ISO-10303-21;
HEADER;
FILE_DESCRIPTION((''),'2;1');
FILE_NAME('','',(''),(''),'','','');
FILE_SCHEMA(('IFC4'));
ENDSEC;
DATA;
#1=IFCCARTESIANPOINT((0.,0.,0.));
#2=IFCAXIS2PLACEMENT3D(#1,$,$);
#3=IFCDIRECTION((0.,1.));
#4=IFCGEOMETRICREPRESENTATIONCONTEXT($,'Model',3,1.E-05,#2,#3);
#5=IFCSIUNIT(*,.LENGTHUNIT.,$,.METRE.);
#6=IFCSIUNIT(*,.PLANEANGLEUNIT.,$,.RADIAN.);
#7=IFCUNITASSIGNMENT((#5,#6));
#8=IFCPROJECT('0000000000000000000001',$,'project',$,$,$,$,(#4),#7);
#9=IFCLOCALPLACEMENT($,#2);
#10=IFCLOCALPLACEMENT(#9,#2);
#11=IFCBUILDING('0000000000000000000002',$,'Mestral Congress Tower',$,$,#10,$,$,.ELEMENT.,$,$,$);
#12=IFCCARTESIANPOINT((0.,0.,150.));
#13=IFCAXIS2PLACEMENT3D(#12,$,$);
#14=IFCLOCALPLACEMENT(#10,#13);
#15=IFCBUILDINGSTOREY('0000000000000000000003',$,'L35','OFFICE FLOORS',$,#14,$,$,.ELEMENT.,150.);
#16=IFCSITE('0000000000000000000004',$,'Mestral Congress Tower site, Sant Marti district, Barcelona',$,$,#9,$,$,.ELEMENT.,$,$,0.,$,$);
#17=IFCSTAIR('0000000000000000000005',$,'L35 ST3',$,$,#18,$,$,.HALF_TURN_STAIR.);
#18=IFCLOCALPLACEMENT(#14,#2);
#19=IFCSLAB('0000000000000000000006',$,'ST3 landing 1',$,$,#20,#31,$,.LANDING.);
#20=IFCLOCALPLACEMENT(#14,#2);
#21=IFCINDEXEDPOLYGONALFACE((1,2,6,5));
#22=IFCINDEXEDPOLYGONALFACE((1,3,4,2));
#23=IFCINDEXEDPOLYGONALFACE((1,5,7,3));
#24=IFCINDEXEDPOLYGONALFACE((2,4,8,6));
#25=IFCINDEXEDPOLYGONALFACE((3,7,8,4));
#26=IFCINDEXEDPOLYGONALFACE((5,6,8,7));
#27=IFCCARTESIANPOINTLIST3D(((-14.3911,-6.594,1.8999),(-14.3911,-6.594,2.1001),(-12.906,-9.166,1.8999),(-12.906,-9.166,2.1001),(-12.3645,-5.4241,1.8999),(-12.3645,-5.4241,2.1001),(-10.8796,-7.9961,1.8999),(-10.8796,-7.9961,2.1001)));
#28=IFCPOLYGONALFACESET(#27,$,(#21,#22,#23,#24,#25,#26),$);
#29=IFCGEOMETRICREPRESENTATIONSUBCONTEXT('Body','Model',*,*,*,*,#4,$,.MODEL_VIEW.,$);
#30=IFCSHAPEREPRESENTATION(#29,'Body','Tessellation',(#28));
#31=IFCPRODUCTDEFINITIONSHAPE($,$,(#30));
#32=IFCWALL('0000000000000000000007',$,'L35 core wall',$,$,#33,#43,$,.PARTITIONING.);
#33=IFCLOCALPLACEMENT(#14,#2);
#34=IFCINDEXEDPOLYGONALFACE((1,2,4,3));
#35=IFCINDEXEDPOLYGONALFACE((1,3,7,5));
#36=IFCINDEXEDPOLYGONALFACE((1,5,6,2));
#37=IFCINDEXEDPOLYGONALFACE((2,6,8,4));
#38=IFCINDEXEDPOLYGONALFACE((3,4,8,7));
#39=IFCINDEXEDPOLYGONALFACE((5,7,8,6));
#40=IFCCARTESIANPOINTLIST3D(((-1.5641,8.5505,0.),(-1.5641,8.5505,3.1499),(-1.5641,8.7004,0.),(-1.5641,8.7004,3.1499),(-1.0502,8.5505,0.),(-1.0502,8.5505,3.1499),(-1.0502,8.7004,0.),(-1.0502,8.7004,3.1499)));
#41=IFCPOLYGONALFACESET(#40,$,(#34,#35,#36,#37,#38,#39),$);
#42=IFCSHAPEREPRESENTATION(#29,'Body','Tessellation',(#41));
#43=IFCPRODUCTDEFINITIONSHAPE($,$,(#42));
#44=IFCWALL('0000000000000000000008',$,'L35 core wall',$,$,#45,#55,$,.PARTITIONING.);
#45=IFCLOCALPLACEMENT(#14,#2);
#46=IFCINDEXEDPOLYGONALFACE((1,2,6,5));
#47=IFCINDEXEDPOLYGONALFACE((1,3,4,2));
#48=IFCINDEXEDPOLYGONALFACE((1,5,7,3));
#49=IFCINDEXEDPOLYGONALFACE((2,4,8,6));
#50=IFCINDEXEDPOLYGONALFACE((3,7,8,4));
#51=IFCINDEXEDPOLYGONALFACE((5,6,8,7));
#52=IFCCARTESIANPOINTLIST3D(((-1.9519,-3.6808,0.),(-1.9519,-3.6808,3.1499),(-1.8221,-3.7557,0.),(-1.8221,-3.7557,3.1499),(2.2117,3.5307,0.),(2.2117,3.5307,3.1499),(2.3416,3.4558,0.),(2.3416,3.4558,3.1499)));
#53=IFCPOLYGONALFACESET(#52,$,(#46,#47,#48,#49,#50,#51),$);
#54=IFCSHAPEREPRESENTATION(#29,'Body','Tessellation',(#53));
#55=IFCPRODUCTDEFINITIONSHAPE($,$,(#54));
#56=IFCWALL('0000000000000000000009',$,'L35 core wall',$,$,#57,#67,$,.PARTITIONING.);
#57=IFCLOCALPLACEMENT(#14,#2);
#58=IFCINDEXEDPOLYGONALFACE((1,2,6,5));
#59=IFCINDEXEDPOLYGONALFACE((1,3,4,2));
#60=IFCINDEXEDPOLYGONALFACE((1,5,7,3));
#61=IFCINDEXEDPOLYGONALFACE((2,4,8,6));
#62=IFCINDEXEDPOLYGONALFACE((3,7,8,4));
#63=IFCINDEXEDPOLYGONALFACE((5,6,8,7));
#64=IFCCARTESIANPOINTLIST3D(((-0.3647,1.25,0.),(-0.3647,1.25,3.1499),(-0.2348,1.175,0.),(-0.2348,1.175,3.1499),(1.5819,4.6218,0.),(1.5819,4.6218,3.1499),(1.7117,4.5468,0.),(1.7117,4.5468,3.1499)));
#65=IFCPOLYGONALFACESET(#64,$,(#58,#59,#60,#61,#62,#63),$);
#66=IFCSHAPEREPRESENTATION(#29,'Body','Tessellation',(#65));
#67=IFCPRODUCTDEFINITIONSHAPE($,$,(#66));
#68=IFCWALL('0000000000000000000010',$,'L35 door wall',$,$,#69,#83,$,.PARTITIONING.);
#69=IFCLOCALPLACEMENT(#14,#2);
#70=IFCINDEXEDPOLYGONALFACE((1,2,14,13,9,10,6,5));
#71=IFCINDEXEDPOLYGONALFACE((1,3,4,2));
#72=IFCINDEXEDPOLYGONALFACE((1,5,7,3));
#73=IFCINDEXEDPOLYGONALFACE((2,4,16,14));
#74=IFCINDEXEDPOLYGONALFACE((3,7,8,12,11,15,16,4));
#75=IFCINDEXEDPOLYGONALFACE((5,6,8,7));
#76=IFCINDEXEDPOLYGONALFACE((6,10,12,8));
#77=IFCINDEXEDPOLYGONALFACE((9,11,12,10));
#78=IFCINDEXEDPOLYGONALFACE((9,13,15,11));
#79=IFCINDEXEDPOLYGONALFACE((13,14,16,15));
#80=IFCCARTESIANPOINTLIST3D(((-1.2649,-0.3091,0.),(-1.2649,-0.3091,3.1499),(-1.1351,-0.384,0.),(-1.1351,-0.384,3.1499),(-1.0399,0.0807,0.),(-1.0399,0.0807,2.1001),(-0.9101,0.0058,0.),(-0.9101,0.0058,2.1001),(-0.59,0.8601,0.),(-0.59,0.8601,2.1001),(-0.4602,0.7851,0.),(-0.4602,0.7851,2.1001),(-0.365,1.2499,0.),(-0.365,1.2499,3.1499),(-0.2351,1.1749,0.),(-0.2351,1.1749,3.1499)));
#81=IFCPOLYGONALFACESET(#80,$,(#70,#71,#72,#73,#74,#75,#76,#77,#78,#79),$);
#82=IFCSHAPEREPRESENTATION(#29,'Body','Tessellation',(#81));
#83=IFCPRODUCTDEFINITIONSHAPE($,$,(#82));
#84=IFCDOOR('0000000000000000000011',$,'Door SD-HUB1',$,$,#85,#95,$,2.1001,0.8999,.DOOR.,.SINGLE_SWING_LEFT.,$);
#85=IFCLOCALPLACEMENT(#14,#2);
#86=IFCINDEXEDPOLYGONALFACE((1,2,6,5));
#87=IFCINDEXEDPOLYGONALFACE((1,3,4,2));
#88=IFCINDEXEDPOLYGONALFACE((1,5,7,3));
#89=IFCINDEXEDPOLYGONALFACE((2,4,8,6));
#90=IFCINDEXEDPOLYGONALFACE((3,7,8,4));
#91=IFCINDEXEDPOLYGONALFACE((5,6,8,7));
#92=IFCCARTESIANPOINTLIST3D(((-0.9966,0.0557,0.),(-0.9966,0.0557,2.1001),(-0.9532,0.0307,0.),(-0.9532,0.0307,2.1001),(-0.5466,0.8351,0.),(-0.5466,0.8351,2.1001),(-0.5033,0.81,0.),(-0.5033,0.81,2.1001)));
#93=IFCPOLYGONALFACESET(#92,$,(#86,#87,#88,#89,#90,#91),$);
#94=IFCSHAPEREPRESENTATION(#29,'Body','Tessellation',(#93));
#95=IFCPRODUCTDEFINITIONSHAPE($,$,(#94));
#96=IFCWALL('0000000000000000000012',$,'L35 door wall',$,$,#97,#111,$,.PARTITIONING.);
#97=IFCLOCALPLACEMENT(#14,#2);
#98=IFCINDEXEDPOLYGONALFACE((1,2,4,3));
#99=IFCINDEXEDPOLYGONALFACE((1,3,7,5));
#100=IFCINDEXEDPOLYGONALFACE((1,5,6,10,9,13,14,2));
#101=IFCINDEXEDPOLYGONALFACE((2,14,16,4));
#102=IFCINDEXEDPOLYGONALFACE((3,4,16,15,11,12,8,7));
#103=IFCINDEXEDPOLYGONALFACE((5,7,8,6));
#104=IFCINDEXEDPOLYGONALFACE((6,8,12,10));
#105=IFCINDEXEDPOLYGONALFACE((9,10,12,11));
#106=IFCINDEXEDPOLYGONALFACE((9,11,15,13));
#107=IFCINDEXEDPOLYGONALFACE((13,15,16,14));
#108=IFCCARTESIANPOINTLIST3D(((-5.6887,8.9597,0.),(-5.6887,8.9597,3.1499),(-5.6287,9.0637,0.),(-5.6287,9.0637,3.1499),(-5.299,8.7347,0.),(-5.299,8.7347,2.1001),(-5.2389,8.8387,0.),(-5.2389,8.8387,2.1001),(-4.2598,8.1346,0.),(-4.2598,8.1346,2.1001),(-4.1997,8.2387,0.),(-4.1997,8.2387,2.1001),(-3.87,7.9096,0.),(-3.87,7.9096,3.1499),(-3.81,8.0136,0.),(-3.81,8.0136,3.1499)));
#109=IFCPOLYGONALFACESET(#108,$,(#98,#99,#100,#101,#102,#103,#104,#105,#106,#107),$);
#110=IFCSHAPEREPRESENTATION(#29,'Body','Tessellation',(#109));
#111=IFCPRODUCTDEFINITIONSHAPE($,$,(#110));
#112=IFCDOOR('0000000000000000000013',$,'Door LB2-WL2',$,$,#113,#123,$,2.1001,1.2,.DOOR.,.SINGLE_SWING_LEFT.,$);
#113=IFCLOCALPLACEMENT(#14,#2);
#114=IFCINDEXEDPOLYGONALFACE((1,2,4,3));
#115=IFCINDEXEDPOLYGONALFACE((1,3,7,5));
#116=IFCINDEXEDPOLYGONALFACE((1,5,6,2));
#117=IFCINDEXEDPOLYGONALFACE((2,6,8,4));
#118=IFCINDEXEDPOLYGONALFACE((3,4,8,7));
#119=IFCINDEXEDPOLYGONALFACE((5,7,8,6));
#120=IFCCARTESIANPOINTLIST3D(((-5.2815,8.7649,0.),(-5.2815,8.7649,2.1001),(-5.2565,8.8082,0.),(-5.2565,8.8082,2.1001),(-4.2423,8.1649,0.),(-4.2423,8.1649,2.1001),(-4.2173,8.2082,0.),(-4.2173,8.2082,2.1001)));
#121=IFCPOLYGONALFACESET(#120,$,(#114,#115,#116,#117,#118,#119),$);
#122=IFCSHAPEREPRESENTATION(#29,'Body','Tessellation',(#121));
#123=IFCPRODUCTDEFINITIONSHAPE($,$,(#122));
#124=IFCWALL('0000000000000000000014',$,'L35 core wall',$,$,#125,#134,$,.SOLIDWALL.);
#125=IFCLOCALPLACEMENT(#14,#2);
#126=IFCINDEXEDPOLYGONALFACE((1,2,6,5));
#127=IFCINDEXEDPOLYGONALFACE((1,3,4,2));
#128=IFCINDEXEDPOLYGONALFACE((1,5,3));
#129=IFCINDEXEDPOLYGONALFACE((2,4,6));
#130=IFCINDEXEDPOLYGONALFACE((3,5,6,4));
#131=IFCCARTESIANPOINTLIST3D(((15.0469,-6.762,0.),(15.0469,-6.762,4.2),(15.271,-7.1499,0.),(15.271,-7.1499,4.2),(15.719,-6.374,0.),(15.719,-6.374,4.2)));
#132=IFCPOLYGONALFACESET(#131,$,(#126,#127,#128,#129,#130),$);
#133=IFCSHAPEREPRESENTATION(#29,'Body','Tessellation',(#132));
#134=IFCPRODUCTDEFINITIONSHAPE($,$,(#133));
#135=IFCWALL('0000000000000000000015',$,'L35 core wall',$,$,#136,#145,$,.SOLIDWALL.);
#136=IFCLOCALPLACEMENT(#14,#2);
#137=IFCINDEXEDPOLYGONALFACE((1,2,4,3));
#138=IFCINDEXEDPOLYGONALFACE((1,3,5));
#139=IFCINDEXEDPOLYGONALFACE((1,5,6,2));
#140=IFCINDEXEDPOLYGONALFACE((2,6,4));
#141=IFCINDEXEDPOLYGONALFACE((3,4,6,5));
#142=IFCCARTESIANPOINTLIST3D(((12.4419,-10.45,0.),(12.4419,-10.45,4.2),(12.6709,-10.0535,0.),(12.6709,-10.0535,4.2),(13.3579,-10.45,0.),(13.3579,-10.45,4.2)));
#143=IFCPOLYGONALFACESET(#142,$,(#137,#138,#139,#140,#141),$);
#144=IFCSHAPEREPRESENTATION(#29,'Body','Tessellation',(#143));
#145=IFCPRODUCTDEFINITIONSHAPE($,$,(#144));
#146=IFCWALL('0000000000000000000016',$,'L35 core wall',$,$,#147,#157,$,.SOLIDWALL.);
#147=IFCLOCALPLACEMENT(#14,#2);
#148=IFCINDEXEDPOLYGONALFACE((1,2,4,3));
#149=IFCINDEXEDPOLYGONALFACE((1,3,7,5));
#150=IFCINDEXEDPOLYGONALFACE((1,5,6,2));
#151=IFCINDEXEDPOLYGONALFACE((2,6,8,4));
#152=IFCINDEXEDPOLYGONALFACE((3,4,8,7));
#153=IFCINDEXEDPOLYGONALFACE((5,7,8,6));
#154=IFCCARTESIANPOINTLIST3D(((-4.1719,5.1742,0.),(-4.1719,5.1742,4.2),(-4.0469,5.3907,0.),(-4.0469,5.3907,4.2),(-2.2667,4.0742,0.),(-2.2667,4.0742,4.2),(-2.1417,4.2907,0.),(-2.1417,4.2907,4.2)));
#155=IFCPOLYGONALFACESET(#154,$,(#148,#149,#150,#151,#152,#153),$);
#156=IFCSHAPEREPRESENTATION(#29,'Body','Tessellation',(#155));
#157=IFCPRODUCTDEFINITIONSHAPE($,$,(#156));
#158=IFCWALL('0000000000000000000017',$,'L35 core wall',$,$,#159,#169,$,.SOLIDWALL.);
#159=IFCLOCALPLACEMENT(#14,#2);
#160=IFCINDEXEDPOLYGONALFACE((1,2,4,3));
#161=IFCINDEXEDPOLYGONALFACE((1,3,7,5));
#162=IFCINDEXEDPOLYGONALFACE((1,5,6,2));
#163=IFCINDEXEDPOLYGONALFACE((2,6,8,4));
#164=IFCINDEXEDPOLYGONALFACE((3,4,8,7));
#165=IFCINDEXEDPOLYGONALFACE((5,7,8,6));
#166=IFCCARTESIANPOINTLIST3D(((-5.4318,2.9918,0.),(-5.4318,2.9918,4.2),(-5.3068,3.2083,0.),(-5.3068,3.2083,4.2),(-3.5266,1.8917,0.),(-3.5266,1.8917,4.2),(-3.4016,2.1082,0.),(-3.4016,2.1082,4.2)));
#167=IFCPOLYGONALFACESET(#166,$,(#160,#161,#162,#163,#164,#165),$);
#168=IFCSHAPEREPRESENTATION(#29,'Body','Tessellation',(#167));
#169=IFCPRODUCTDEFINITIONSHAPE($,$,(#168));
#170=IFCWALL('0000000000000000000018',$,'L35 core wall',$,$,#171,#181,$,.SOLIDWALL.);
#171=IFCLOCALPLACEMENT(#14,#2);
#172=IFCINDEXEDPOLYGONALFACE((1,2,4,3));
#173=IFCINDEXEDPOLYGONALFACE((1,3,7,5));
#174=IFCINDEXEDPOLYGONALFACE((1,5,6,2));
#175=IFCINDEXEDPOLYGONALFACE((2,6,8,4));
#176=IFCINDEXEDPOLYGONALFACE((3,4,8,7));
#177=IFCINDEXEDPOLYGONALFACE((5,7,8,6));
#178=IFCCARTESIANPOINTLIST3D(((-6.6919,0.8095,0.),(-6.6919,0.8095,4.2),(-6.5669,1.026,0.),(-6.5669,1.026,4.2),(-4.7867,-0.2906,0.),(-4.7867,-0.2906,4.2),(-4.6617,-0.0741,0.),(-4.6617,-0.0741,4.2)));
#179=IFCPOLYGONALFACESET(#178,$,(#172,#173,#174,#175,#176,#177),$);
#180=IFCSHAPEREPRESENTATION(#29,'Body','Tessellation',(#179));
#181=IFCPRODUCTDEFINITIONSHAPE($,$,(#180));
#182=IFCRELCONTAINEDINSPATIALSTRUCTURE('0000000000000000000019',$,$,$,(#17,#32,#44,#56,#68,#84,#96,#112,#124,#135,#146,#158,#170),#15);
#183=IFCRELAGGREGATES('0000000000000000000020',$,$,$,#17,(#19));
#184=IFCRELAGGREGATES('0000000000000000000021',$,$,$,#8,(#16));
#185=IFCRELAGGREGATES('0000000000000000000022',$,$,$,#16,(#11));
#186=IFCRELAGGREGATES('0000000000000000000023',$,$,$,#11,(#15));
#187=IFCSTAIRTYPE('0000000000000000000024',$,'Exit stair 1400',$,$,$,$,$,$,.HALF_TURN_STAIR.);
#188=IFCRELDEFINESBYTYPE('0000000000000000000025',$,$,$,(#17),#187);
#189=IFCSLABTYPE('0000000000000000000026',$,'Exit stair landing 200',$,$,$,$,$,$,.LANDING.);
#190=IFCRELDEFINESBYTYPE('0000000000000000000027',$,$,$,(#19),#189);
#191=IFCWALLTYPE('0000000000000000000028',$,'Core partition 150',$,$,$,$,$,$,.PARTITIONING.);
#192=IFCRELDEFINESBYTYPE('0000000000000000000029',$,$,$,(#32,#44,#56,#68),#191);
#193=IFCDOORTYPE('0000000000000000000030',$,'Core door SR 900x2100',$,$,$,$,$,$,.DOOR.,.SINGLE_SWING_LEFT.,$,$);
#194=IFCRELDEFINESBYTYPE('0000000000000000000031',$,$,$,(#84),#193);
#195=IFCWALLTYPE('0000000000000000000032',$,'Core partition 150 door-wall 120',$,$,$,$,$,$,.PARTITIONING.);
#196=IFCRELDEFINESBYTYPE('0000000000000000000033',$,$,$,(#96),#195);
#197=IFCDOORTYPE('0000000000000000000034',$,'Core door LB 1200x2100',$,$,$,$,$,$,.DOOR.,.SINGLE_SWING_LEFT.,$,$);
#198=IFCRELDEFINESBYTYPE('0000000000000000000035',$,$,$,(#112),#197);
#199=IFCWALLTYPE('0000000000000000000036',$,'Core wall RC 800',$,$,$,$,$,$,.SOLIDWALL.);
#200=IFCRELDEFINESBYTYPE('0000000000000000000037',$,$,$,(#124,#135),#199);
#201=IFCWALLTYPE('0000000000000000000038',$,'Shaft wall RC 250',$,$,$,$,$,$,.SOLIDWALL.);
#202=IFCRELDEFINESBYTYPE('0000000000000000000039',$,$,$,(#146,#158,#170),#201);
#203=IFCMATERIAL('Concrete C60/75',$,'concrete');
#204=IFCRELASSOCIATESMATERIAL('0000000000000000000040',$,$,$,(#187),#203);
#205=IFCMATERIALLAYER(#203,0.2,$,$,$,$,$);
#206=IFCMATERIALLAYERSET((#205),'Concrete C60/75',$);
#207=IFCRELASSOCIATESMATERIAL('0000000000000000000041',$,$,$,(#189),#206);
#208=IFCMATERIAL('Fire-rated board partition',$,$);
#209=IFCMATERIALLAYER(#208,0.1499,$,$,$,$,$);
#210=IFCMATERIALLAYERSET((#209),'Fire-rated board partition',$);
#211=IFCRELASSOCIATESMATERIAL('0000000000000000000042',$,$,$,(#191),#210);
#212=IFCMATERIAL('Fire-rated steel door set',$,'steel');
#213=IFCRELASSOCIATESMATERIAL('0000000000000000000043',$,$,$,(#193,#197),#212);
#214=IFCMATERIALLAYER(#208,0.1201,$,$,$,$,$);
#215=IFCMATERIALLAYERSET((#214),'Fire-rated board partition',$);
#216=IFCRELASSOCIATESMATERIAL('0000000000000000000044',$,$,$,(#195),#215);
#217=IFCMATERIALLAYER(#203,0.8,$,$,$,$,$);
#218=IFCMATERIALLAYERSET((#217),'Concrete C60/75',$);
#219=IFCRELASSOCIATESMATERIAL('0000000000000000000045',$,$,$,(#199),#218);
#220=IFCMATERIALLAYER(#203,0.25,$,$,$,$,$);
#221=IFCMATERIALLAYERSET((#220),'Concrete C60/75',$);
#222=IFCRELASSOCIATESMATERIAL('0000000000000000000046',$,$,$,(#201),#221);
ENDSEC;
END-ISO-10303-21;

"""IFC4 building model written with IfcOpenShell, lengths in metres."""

from ifc_helpers import new_model, si_unit, direction, frame, frame_2d, origin, place, context, subcontext, project, spatial, polyline, rectangle, outline, extrude, material, layer, layer_set, type_object, element, fill, aggregate, save


model = new_model("IFC4")

# Units and contexts
model_context = context("Model", 3, precision=1e-05, world=origin(), true_north=direction((0.0, 1.0)))
body_context = subcontext(model_context, "Body", "Model", "MODEL_VIEW")
ifc_project = project(units=[si_unit("LENGTHUNIT", "METRE"), si_unit("PLANEANGLEUNIT", "RADIAN")], contexts=[model_context])

# Site, building, storey
site_placement = place(None, origin())
site = spatial("IfcSite", under=ifc_project, at=site_placement, Name="Mestral Congress Tower site, Sant Marti district, Barcelona", CompositionType="ELEMENT", RefElevation=0.0)
building_placement = place(site_placement, origin())
building = spatial("IfcBuilding", under=site, at=building_placement, Name="Mestral Congress Tower", CompositionType="ELEMENT")
storey_placement = place(building_placement, frame((0.0, 0.0, 150.0)))
storey = spatial("IfcBuildingStorey", under=building, at=storey_placement, Name="L35", Description="OFFICE FLOORS", CompositionType="ELEMENT", Elevation=150.0)

# Shared definitions
ifc_material_1 = material(Name="Concrete C60/75", Category="concrete")

# Stair, slab
stair_type = type_object("IfcStairType", Name="Exit stair 1400", PredefinedType="HALF_TURN_STAIR", material=ifc_material_1)
placement_1 = place(storey_placement, origin())
ifc_layer_1 = layer(ifc_material_1, 0.2)
ifc_layer_set_1 = layer_set([ifc_layer_1], Name="Concrete C60/75")
slab_type_1 = type_object("IfcSlabType", Name="Exit stair landing 200", PredefinedType="LANDING", material=ifc_layer_set_1)
placement_2 = place(storey_placement, frame((0.0, 0.0, 1.8999)))
stair_1 = element("IfcStair", 1, at=placement_1, inside=storey, type_object=stair_type, Name="L35 ST3", PredefinedType="HALF_TURN_STAIR")
slab_1 = element("IfcSlab", 2, at=placement_2, type_object=slab_type_1, Name="ST3 landing 1", PredefinedType="LANDING", context=body_context, shape_type="SweptSolid", body=[
    extrude(outline(polyline([(-12.3645, -5.4241), (-10.8796, -7.9961), (-12.906, -9.166), (-14.3911, -6.594), (-12.3645, -5.4241)])), origin(), (0.0, 0.0, 1.0), 0.2002),
])
aggregate(stair_1, [slab_1])

# Walls
ifc_material_2 = material(Name="Fire-rated board partition")
ifc_layer_2 = layer(ifc_material_2, 0.1499)
ifc_layer_set_2 = layer_set([ifc_layer_2], Name="Fire-rated board partition")
wall_type_1 = type_object("IfcWallType", Name="Core partition 150", PredefinedType="PARTITIONING", material=ifc_layer_set_2)
wall_1_placement = place(storey_placement, frame((-1.564, 8.6255, 0.0), z_axis=(0.0, 0.0, 1.0), x_axis=(1.0, 0.0, 0.0)))
element("IfcWall", 3, at=wall_1_placement, inside=storey, type_object=wall_type_1, Name="L35 core wall", PredefinedType="PARTITIONING", context=body_context, shape_type="SweptSolid", body=[
    extrude(rectangle(XDim=0.5139, YDim=0.1499, at=frame_2d((0.2568, 0.0))), origin(), (0.0, 0.0, 1.0), 3.1499),
])
wall_2_placement = place(storey_placement, frame((-1.887, -3.7183, 0.0), z_axis=(0.0, 0.0, 1.0), x_axis=(0.500005, 0.866023, 0.0)))
element("IfcWall", 4, at=wall_2_placement, inside=storey, type_object=wall_type_1, Name="L35 core wall", PredefinedType="PARTITIONING", context=body_context, shape_type="SweptSolid", body=[
    extrude(rectangle(XDim=8.3271, YDim=0.1499, at=frame_2d((4.1636, 0.0))), origin(), (0.0, 0.0, 1.0), 3.1499),
])
wall_3_placement = place(storey_placement, frame((-0.2998, 1.2124, 0.0), z_axis=(0.0, 0.0, 1.0), x_axis=(0.499963, 0.866047, 0.0)))
element("IfcWall", 5, at=wall_3_placement, inside=storey, type_object=wall_type_1, Name="L35 core wall", PredefinedType="PARTITIONING", context=body_context, shape_type="SweptSolid", body=[
    extrude(rectangle(XDim=3.8933, YDim=0.1499, at=frame_2d((1.9468, 0.0))), origin(), (0.0, 0.0, 1.0), 3.1499),
])

# Walls, openings, doors
wall_4_placement = place(storey_placement, frame((-1.2, -0.3464, 0.0), z_axis=(0.0, 0.0, 1.0), x_axis=(0.499961, 0.866048, 0.0)))
wall_4 = element("IfcWall", 6, at=wall_4_placement, inside=storey, type_object=wall_type_1, Name="L35 door wall", PredefinedType="PARTITIONING", context=body_context, shape_type="SweptSolid", body=[
    extrude(rectangle(XDim=1.8, YDim=0.1499, at=frame_2d((0.8999, 0.0))), origin(), (0.0, 0.0, 1.0), 3.1499),
])
opening_1_placement = place(wall_4_placement, frame((0.45, 0.0, 0.0)))
opening_1 = element("IfcOpeningElement", 7, at=opening_1_placement, cuts=wall_4, PredefinedType="OPENING", context=body_context, shape_type="SweptSolid", body=[
    extrude(rectangle(XDim=0.8999, YDim=2.1001, at=frame_2d((0.45, 1.05))), frame((0.0, 0.085, 0.0), z_axis=(0.0, -1.0, 0.0), x_axis=(1.0, 0.0, 0.0)), (0.0, 0.0, 1.0), 0.1699),
])
ifc_material_3 = material(Name="Fire-rated steel door set", Category="steel")
door_type_1 = type_object("IfcDoorType", Name="Core door SR 900x2100", OperationType="SINGLE_SWING_LEFT", PredefinedType="DOOR", material=ifc_material_3)
door_1_placement = place(opening_1_placement, origin())
door_1 = element("IfcDoor", 8, at=door_1_placement, inside=storey, type_object=door_type_1, Name="Door SD-HUB1", OperationType="SINGLE_SWING_LEFT", OverallHeight=2.1001, OverallWidth=0.8999, PredefinedType="DOOR", context=body_context, shape_type="SweptSolid", body=[
    extrude(rectangle(XDim=0.8999, YDim=2.1001, at=frame_2d((0.45, 1.05))), frame((0.0, 0.0249, 0.0), z_axis=(0.0, -1.0, 0.0), x_axis=(1.0, 0.0, 0.0)), (0.0, 0.0, 1.0), 0.05),
])
fill(opening_1, door_1)
ifc_layer_3 = layer(ifc_material_2, 0.1201)
ifc_layer_set_3 = layer_set([ifc_layer_3], Name="Fire-rated board partition")
wall_type_2 = type_object("IfcWallType", Name="Core partition 150 door-wall 120", PredefinedType="PARTITIONING", material=ifc_layer_set_3)
wall_5_placement = place(storey_placement, frame((-5.6587, 9.0117, 0.0), z_axis=(0.0, 0.0, 1.0), x_axis=(0.866009, -0.500028, 0.0)))
wall_5 = element("IfcWall", 9, at=wall_5_placement, inside=storey, type_object=wall_type_2, Name="L35 door wall", PredefinedType="PARTITIONING", context=body_context, shape_type="SweptSolid", body=[
    extrude(rectangle(XDim=2.1001, YDim=0.1201, at=frame_2d((1.05, 0.0))), origin(), (0.0, 0.0, 1.0), 3.1499),
])
opening_2_placement = place(wall_5_placement, frame((0.45, 0.0, 0.0)))
opening_2 = element("IfcOpeningElement", 10, at=opening_2_placement, cuts=wall_5, PredefinedType="OPENING", context=body_context, shape_type="SweptSolid", body=[
    extrude(rectangle(XDim=1.2, YDim=2.1001, at=frame_2d((0.6001, 1.05))), frame((0.0, 0.0701, 0.0), z_axis=(0.0, -1.0, 0.0), x_axis=(1.0, 0.0, 0.0)), (0.0, 0.0, 1.0), 0.1401),
])
door_type_2 = type_object("IfcDoorType", Name="Core door LB 1200x2100", OperationType="SINGLE_SWING_LEFT", PredefinedType="DOOR", material=ifc_material_3)
door_2_placement = place(opening_2_placement, origin())
door_2 = element("IfcDoor", 11, at=door_2_placement, inside=storey, type_object=door_type_2, Name="Door LB2-WL2", OperationType="SINGLE_SWING_LEFT", OverallHeight=2.1001, OverallWidth=1.2, PredefinedType="DOOR", context=body_context, shape_type="SweptSolid", body=[
    extrude(rectangle(XDim=1.2, YDim=2.1001, at=frame_2d((0.6001, 1.05))), frame((0.0, 0.0249, 0.0), z_axis=(0.0, -1.0, 0.0), x_axis=(1.0, 0.0, 0.0)), (0.0, 0.0, 1.0), 0.05),
])
fill(opening_2, door_2)

# Walls
ifc_layer_4 = layer(ifc_material_1, 0.8)
ifc_layer_set_4 = layer_set([ifc_layer_4], Name="Concrete C60/75")
wall_type_3 = type_object("IfcWallType", Name="Core wall RC 800", PredefinedType="SOLIDWALL", material=ifc_layer_set_4)
element("IfcWall", 12, at=placement_1, inside=storey, type_object=wall_type_3, Name="L35 core wall", PredefinedType="SOLIDWALL", context=body_context, shape_type="SweptSolid", body=[
    extrude(outline(polyline([(15.271, -7.1499), (15.0469, -6.762), (15.719, -6.374), (15.271, -7.1499)])), origin(), (0.0, 0.0, 1.0), 4.2),
])
element("IfcWall", 13, at=placement_1, inside=storey, type_object=wall_type_3, Name="L35 core wall", PredefinedType="SOLIDWALL", context=body_context, shape_type="SweptSolid", body=[
    extrude(outline(polyline([(12.6709, -10.0535), (13.3579, -10.45), (12.4419, -10.45), (12.6709, -10.0535)])), origin(), (0.0, 0.0, 1.0), 4.2),
])
ifc_layer_5 = layer(ifc_material_1, 0.25)
ifc_layer_set_5 = layer_set([ifc_layer_5], Name="Concrete C60/75")
wall_type_4 = type_object("IfcWallType", Name="Shaft wall RC 250", PredefinedType="SOLIDWALL", material=ifc_layer_set_5)
for number, where, z_axis, x_axis, name in (
    (14, (-2.2041, 4.1824, 0.0), (0.0, 0.0, 1.0), (-0.866008, 0.50003, 0.0), "L35 core wall"),
    (15, (-5.3694, 3.1001, 0.0), (0.0, 0.0, 1.0), (0.866008, -0.50003, 0.0), "L35 core wall"),
    (16, (-4.7241, -0.1824, 0.0), (0.0, 0.0, 1.0), (-0.866008, 0.50003, 0.0), "L35 core wall"),
):
    element("IfcWall", number, at=place(storey_placement, frame(where, z_axis=z_axis, x_axis=x_axis)), inside=storey, type_object=wall_type_4, Name=name, PredefinedType="SOLIDWALL", context=body_context, shape_type="SweptSolid", body=[
        extrude(rectangle(XDim=2.2, YDim=0.25, at=frame_2d((1.1001, 0.0))), origin(), (0.0, 0.0, 1.0), 4.2),
    ])

save(model, "model.ifc")
